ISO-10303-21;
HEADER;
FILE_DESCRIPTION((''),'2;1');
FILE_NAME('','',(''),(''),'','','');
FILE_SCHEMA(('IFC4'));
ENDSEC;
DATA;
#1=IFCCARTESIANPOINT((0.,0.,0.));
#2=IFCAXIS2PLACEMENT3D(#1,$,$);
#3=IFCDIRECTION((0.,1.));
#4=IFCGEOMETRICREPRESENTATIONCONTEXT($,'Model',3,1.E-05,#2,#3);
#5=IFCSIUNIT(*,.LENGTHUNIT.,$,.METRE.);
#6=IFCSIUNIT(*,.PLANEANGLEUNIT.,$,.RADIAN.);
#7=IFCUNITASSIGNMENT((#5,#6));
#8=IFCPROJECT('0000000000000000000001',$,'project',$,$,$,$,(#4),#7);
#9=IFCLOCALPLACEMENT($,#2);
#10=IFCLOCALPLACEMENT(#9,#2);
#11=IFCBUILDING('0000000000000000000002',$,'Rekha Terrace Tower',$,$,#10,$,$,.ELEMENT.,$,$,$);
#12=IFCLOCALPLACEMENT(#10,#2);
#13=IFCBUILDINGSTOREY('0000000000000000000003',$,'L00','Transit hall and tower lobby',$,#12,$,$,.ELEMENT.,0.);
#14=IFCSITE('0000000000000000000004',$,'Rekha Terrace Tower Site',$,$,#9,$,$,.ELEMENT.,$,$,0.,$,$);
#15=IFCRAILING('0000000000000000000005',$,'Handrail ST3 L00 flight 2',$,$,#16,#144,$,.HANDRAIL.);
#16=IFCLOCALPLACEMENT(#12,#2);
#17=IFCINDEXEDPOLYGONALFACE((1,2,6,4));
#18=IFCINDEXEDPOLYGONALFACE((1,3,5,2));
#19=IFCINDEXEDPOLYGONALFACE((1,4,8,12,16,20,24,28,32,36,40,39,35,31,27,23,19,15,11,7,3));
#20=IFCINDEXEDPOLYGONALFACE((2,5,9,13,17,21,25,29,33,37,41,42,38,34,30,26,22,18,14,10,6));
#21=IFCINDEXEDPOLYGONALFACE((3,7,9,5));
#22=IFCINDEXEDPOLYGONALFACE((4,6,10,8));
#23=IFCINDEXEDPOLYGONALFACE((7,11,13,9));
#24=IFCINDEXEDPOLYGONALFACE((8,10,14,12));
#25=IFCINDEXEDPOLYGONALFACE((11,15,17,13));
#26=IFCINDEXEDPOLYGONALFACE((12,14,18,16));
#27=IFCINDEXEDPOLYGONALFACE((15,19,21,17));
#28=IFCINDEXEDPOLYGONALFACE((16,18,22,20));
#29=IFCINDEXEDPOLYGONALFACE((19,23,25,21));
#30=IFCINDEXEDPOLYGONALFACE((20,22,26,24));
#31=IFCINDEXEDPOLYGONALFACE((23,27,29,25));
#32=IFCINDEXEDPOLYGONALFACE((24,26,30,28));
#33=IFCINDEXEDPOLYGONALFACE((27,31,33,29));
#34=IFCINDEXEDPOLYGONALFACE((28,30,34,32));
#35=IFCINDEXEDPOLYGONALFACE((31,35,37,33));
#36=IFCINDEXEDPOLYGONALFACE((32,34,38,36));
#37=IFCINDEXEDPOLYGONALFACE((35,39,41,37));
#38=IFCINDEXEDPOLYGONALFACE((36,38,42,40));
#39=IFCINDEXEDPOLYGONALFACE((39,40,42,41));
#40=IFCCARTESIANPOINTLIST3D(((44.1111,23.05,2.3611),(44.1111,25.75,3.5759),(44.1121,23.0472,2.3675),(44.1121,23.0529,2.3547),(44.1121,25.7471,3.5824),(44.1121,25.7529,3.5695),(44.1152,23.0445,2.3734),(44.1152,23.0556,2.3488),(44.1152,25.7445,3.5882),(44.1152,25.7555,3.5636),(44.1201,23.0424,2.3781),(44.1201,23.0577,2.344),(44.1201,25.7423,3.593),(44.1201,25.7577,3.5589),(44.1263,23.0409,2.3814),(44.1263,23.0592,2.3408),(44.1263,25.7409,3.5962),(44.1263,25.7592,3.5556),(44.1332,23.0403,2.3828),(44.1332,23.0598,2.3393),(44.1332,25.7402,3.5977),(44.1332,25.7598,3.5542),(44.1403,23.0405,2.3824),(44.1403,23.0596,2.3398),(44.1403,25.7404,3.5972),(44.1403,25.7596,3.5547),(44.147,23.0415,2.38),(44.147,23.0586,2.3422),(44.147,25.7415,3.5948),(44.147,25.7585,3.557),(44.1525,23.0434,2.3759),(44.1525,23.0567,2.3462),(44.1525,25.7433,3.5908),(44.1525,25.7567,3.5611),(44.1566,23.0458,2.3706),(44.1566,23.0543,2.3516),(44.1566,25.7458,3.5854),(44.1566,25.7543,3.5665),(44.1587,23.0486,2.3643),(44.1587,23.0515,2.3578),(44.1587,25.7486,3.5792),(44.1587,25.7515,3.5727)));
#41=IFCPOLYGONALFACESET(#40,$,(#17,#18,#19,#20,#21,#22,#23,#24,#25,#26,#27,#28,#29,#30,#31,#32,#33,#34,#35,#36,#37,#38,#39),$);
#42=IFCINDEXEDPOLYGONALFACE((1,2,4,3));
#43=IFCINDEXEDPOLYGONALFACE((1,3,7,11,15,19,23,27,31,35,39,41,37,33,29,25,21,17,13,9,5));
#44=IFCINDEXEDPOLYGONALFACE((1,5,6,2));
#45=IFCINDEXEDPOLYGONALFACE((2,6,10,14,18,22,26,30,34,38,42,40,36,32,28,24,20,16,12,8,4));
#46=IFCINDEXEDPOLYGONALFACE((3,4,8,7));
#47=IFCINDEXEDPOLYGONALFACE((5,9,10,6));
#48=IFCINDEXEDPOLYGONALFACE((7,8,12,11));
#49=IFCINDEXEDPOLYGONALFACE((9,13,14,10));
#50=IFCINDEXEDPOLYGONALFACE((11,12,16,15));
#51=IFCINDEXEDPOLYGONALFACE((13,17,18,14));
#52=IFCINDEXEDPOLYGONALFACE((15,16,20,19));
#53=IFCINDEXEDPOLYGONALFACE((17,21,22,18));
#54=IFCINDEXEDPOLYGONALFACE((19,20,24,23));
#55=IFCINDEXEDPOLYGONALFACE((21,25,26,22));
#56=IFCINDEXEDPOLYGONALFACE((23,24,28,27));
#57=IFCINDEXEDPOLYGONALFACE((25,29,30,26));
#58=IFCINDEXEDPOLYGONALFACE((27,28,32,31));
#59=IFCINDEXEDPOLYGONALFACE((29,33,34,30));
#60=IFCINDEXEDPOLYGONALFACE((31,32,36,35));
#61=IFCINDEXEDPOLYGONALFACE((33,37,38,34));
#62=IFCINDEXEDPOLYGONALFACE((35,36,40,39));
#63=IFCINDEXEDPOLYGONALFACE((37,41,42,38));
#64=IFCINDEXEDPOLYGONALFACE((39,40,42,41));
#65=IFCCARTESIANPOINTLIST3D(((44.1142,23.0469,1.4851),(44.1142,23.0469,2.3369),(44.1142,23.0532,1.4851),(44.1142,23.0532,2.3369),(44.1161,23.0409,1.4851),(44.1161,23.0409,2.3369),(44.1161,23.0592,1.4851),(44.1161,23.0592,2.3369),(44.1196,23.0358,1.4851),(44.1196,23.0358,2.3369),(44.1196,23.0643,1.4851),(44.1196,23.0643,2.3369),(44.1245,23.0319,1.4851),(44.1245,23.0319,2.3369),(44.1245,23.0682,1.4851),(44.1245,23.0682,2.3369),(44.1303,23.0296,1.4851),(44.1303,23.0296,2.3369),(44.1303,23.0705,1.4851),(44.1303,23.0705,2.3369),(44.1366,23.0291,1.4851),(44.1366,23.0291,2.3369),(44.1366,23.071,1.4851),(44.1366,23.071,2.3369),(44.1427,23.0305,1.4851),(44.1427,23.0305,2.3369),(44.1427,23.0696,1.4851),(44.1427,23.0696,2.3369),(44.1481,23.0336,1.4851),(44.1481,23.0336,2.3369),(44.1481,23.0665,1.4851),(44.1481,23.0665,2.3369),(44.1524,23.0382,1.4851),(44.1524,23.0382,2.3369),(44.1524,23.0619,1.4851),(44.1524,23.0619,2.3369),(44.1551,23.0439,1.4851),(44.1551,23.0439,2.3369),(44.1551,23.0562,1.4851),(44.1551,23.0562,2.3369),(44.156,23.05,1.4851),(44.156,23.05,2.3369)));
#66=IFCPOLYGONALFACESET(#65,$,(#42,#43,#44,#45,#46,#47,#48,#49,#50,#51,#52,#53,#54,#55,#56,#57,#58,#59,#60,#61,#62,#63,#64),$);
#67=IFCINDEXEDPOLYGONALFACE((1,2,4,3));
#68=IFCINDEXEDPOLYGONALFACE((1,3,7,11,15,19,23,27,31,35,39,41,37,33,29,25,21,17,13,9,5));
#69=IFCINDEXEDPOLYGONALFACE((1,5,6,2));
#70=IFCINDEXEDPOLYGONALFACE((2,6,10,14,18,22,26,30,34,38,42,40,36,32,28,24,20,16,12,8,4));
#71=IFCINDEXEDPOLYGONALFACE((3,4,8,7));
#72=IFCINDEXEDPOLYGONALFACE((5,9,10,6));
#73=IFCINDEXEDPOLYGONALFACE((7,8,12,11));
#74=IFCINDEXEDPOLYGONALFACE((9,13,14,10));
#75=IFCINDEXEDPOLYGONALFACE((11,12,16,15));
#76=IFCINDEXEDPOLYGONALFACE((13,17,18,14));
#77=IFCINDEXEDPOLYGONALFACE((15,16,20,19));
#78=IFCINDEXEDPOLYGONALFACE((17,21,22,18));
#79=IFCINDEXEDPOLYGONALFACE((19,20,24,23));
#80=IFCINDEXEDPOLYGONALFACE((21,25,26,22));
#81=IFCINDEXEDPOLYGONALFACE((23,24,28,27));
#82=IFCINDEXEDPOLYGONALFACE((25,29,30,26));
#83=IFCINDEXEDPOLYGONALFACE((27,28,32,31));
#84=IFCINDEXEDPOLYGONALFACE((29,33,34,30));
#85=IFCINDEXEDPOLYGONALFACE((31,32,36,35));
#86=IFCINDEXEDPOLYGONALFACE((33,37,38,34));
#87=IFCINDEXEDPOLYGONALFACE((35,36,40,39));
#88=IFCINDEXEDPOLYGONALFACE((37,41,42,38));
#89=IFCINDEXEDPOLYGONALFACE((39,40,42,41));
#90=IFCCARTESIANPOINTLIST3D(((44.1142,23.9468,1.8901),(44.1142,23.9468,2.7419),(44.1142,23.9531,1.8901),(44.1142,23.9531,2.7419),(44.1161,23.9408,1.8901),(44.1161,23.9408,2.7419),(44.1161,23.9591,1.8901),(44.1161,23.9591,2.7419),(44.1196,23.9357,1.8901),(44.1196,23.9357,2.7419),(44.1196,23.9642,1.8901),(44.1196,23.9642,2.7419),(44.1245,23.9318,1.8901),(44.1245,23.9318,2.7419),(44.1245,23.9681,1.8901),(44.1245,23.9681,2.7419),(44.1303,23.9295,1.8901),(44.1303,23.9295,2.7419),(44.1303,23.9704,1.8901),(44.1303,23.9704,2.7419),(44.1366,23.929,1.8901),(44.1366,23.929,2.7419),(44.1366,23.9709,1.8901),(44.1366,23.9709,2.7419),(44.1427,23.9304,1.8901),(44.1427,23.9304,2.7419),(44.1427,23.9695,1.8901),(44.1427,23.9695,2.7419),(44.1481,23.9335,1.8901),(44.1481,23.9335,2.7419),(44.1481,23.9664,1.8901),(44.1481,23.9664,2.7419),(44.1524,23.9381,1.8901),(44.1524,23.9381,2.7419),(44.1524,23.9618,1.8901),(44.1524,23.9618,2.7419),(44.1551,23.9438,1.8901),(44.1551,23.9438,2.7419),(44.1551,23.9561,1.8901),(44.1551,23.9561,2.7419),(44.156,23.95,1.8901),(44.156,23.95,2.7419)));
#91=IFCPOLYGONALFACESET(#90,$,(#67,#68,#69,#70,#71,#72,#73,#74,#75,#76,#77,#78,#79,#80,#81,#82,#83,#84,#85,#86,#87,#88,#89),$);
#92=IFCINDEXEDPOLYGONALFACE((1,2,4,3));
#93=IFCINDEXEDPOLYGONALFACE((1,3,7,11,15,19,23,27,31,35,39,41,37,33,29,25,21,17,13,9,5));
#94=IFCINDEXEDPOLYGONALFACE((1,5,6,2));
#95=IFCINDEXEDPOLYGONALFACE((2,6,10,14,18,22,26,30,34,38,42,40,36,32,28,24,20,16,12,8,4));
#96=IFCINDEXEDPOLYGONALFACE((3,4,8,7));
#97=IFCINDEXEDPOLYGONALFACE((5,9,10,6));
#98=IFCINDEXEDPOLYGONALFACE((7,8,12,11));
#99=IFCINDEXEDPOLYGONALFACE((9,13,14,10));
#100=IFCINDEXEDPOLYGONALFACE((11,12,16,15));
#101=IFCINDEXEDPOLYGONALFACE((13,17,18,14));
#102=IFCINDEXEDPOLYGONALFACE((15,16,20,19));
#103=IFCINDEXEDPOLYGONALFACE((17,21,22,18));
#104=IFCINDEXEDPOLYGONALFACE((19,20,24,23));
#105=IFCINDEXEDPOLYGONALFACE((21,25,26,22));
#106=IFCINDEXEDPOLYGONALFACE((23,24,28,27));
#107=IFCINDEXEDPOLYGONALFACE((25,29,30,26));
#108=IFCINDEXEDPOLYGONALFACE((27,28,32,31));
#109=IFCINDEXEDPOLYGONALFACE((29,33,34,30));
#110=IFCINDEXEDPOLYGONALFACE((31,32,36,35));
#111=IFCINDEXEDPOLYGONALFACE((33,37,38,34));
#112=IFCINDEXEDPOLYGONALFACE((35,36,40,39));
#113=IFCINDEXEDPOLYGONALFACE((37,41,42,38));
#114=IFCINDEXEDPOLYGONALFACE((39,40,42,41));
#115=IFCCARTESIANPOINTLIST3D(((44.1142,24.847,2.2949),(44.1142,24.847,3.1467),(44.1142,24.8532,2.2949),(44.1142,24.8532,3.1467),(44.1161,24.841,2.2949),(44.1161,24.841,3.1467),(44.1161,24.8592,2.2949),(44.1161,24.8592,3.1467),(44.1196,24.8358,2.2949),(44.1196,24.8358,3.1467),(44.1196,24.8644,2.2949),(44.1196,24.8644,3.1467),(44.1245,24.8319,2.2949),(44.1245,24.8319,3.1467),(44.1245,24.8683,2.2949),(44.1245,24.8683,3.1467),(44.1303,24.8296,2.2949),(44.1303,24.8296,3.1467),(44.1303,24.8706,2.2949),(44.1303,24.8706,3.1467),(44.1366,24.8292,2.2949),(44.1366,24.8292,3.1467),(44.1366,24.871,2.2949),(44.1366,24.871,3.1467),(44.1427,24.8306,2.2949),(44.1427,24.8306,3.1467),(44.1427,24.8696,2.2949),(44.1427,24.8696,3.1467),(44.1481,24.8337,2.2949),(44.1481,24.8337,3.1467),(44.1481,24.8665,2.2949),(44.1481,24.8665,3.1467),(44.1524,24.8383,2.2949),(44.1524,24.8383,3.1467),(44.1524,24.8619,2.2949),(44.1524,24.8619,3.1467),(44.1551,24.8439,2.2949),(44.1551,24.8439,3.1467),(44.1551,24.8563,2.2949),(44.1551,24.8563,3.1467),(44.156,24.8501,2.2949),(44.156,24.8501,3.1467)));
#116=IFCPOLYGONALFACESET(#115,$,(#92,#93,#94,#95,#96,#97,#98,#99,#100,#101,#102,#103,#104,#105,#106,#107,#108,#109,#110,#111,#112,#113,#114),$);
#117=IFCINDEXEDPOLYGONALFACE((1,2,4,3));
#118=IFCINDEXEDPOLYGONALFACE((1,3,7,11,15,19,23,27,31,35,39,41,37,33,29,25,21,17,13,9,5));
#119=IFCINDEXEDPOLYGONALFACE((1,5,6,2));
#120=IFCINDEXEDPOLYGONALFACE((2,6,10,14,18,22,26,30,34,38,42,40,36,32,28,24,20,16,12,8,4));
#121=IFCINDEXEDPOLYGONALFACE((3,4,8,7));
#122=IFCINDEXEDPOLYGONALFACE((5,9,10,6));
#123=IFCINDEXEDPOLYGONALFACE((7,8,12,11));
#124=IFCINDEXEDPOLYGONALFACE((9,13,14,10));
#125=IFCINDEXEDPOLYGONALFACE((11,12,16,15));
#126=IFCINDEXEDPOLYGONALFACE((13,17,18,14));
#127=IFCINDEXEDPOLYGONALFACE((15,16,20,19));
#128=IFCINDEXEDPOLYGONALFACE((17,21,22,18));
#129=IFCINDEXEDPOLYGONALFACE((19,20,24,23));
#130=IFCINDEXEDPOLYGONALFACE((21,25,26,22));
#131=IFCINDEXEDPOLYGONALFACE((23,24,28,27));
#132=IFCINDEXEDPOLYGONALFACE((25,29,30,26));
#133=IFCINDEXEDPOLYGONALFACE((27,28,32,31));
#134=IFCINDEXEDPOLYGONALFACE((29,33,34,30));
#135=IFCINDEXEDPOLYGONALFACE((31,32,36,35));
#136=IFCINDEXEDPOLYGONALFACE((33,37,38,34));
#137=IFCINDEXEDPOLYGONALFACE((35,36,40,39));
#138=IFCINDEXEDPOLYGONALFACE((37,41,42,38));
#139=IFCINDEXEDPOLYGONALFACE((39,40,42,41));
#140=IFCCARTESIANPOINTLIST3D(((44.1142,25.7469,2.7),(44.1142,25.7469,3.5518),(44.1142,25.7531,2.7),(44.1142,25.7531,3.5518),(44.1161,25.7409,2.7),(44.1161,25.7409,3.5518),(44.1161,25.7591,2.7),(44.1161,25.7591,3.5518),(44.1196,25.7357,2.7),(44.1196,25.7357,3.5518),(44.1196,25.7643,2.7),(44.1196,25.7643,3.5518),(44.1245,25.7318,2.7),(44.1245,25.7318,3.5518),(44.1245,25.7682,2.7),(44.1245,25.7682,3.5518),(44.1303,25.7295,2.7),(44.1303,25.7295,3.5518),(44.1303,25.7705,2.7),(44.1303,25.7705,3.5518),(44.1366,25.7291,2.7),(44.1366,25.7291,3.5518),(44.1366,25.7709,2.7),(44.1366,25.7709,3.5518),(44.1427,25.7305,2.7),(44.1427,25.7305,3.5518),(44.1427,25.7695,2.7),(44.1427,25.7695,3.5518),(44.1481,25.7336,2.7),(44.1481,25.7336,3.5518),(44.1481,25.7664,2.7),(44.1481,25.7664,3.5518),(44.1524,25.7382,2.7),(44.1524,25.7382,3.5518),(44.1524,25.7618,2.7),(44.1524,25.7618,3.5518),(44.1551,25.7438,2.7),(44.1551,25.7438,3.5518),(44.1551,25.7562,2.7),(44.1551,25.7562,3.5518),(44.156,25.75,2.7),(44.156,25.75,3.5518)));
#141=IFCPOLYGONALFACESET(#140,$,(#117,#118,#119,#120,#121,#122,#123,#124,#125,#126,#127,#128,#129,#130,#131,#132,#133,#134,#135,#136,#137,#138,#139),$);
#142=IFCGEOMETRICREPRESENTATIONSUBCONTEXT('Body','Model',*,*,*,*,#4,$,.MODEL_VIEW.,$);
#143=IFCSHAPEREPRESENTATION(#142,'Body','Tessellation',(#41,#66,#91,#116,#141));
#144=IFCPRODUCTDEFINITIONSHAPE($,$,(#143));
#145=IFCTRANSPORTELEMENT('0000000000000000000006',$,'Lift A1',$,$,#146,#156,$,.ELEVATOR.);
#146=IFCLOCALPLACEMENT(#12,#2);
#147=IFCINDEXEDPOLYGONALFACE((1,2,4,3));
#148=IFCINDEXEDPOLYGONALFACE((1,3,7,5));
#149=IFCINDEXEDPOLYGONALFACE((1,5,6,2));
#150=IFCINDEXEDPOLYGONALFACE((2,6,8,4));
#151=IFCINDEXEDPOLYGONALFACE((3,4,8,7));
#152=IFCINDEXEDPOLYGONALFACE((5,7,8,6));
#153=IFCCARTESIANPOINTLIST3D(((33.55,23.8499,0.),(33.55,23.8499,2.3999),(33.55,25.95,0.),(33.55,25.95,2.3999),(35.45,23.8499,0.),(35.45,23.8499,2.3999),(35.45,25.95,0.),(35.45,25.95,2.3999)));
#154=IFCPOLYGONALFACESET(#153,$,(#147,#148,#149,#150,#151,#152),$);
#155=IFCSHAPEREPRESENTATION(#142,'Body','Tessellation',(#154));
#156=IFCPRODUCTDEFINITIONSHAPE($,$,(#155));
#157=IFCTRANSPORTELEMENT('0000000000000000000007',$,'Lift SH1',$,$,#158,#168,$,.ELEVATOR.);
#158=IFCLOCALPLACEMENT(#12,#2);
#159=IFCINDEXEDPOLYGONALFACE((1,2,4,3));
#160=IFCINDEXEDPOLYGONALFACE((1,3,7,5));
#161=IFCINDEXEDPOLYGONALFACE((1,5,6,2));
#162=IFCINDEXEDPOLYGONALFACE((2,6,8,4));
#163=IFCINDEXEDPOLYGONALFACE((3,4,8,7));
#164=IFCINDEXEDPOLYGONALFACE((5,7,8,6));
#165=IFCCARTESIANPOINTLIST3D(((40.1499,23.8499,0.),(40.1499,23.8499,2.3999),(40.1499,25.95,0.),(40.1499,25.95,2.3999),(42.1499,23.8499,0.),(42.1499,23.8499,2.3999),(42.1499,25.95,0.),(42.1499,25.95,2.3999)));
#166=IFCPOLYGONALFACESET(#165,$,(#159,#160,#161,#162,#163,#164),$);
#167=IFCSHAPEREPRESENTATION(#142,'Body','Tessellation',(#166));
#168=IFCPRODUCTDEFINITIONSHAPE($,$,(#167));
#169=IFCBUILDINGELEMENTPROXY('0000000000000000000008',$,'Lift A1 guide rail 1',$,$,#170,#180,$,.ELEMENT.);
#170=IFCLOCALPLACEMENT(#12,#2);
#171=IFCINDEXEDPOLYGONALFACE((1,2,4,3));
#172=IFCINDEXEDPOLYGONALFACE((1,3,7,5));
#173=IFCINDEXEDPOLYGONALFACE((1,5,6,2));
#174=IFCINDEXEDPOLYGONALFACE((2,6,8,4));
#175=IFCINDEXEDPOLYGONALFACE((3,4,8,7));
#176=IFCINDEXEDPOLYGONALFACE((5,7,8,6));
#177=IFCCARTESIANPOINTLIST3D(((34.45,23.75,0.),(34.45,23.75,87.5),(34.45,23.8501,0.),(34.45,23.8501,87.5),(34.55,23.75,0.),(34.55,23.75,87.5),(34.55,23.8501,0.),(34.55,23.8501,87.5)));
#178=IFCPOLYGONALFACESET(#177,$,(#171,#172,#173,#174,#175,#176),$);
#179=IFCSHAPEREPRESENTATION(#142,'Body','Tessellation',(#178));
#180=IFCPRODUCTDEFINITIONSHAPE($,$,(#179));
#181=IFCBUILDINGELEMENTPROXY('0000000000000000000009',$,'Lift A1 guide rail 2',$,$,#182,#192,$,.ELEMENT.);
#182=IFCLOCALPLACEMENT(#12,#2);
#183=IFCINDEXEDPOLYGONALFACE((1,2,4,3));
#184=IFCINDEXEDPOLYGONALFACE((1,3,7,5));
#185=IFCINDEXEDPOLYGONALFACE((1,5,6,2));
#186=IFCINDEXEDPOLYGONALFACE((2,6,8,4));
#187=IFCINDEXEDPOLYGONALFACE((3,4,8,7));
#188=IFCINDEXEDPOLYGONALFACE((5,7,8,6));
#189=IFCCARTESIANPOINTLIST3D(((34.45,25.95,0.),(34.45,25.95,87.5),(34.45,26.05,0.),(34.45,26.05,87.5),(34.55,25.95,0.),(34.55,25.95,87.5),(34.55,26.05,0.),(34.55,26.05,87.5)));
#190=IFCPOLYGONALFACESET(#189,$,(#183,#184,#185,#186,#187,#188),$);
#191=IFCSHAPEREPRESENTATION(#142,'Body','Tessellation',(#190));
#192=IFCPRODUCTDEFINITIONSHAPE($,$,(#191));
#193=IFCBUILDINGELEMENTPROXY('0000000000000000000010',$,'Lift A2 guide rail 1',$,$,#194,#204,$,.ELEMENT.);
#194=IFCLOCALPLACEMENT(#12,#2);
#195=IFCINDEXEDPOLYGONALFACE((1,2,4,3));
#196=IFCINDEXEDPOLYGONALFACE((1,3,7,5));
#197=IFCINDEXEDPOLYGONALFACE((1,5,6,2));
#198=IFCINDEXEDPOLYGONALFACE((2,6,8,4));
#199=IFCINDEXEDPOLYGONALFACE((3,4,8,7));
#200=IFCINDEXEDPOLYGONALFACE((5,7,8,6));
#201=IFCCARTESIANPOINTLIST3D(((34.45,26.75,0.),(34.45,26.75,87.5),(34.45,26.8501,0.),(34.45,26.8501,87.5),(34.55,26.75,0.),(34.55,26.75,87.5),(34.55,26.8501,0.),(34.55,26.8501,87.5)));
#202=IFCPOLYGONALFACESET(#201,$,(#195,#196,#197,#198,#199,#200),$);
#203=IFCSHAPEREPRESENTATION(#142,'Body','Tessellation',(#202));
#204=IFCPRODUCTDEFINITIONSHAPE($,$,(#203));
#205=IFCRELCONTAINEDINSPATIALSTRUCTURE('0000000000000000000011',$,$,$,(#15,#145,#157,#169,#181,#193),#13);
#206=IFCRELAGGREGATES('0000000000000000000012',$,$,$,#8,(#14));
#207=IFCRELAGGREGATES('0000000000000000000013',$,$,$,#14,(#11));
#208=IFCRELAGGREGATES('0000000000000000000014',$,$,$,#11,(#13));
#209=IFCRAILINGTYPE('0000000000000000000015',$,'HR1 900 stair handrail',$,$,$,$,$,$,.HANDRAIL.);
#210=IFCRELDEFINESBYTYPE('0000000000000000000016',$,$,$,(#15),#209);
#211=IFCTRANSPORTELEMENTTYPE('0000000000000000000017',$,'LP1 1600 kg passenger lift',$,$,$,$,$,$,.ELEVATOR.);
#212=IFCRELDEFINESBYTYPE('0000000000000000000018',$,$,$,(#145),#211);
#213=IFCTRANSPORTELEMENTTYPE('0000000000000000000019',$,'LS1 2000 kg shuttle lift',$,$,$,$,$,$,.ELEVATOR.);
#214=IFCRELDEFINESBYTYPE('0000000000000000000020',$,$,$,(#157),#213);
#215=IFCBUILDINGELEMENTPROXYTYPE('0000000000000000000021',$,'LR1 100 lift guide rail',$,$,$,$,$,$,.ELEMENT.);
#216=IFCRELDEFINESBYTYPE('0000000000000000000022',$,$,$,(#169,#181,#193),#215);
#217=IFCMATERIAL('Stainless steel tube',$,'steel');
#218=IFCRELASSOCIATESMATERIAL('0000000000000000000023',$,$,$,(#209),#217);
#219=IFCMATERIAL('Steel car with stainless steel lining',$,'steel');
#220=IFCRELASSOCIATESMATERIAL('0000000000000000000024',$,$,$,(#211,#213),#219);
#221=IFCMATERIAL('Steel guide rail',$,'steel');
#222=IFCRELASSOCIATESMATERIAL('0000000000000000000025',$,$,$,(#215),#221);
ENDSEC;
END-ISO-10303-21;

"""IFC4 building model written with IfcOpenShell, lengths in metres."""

from ifc_helpers import new_model, si_unit, direction, frame, origin, origin_2d, place, context, subcontext, project, spatial, rectangle, circle, extrude, material, type_object, element, save


model = new_model("IFC4")

# Units and contexts
model_context = context("Model", 3, precision=1e-05, world=origin(), true_north=direction((0.0, 1.0)))
body_context = subcontext(model_context, "Body", "Model", "MODEL_VIEW")
ifc_project = project(units=[si_unit("LENGTHUNIT", "METRE"), si_unit("PLANEANGLEUNIT", "RADIAN")], contexts=[model_context])

# Site, building, storey
site_placement = place(None, origin())
site = spatial("IfcSite", under=ifc_project, at=site_placement, Name="Rekha Terrace Tower Site", CompositionType="ELEMENT", RefElevation=0.0)
building_placement = place(site_placement, origin())
building = spatial("IfcBuilding", under=site, at=building_placement, Name="Rekha Terrace Tower", CompositionType="ELEMENT")
storey_placement = place(building_placement, origin())
storey = spatial("IfcBuildingStorey", under=building, at=storey_placement, Name="L00", Description="Transit hall and tower lobby", CompositionType="ELEMENT", Elevation=0.0)

# Railing
ifc_material_1 = material(Name="Stainless steel tube", Category="steel")
railing_type = type_object("IfcRailingType", Name="HR1 900 stair handrail", PredefinedType="HANDRAIL", material=ifc_material_1)
railing_placement = place(storey_placement, frame((44.135, 23.05, 1.4851)))
element("IfcRailing", 1, at=railing_placement, inside=storey, type_object=railing_type, Name="Handrail ST3 L00 flight 2", PredefinedType="HANDRAIL", context=body_context, shape_type="SweptSolid", body=[
    extrude(circle(Radius=0.0239, at=origin_2d()), frame((0.0, 0.0, 0.876), z_axis=(0.0, 0.911938, 0.410327), x_axis=(-1.0, 0.0, 0.0)), (0.0, 0.0, 1.0), 2.9607),
    extrude(circle(Radius=0.021, at=origin_2d()), origin(), (0.0, 0.0, 1.0), 0.8518),
    extrude(circle(Radius=0.021, at=origin_2d()), frame((0.0, 0.8999, 0.405)), (0.0, 0.0, 1.0), 0.8518),
    extrude(circle(Radius=0.021, at=origin_2d()), frame((0.0, 1.8, 0.8098)), (0.0, 0.0, 1.0), 0.8518),
    extrude(circle(Radius=0.021, at=origin_2d()), frame((0.0, 2.7, 1.2148)), (0.0, 0.0, 1.0), 0.8518),
])

# Transport elements
ifc_material_2 = material(Name="Steel car with stainless steel lining", Category="steel")
transport_element_type_1 = type_object("IfcTransportElementType", Name="LP1 1600 kg passenger lift", PredefinedType="ELEVATOR", material=ifc_material_2)
transport_element_1_placement = place(storey_placement, frame((34.5, 24.8999, 0.0), z_axis=(0.0, 0.0, 1.0), x_axis=(1.0, 0.0, 0.0)))
element("IfcTransportElement", 2, at=transport_element_1_placement, inside=storey, type_object=transport_element_type_1, Name="Lift A1", PredefinedType="ELEVATOR", context=body_context, shape_type="SweptSolid", body=[
    extrude(rectangle(XDim=1.8999, YDim=2.1001, at=origin_2d()), origin(), (0.0, 0.0, 1.0), 2.3999),
])
transport_element_type_2 = type_object("IfcTransportElementType", Name="LS1 2000 kg shuttle lift", PredefinedType="ELEVATOR", material=ifc_material_2)
transport_element_2_placement = place(storey_placement, frame((41.1499, 24.8999, 0.0), z_axis=(0.0, 0.0, 1.0), x_axis=(1.0, 0.0, 0.0)))
element("IfcTransportElement", 3, at=transport_element_2_placement, inside=storey, type_object=transport_element_type_2, Name="Lift SH1", PredefinedType="ELEVATOR", context=body_context, shape_type="SweptSolid", body=[
    extrude(rectangle(XDim=2.0, YDim=2.1001, at=origin_2d()), origin(), (0.0, 0.0, 1.0), 2.3999),
])

# Building element proxies
ifc_material_3 = material(Name="Steel guide rail", Category="steel")
building_element_proxy_type = type_object("IfcBuildingElementProxyType", Name="LR1 100 lift guide rail", PredefinedType="ELEMENT", material=ifc_material_3)
for number, where, z_axis, x_axis, name in (
    (4, (34.5, 23.8, 0.0), (0.0, 0.0, 1.0), (1.0, 0.0, 0.0), "Lift A1 guide rail 1"),
    (5, (34.5, 26.0, 0.0), (0.0, 0.0, 1.0), (1.0, 0.0, 0.0), "Lift A1 guide rail 2"),
    (6, (34.5, 26.8, 0.0), (0.0, 0.0, 1.0), (1.0, 0.0, 0.0), "Lift A2 guide rail 1"),
):
    element("IfcBuildingElementProxy", number, at=place(storey_placement, frame(where, z_axis=z_axis, x_axis=x_axis)), inside=storey, type_object=building_element_proxy_type, Name=name, PredefinedType="ELEMENT", context=body_context, shape_type="SweptSolid", body=[
        extrude(rectangle(XDim=0.1001, YDim=0.1001, at=origin_2d()), origin(), (0.0, 0.0, 1.0), 87.5),
    ])

save(model, "model.ifc")
